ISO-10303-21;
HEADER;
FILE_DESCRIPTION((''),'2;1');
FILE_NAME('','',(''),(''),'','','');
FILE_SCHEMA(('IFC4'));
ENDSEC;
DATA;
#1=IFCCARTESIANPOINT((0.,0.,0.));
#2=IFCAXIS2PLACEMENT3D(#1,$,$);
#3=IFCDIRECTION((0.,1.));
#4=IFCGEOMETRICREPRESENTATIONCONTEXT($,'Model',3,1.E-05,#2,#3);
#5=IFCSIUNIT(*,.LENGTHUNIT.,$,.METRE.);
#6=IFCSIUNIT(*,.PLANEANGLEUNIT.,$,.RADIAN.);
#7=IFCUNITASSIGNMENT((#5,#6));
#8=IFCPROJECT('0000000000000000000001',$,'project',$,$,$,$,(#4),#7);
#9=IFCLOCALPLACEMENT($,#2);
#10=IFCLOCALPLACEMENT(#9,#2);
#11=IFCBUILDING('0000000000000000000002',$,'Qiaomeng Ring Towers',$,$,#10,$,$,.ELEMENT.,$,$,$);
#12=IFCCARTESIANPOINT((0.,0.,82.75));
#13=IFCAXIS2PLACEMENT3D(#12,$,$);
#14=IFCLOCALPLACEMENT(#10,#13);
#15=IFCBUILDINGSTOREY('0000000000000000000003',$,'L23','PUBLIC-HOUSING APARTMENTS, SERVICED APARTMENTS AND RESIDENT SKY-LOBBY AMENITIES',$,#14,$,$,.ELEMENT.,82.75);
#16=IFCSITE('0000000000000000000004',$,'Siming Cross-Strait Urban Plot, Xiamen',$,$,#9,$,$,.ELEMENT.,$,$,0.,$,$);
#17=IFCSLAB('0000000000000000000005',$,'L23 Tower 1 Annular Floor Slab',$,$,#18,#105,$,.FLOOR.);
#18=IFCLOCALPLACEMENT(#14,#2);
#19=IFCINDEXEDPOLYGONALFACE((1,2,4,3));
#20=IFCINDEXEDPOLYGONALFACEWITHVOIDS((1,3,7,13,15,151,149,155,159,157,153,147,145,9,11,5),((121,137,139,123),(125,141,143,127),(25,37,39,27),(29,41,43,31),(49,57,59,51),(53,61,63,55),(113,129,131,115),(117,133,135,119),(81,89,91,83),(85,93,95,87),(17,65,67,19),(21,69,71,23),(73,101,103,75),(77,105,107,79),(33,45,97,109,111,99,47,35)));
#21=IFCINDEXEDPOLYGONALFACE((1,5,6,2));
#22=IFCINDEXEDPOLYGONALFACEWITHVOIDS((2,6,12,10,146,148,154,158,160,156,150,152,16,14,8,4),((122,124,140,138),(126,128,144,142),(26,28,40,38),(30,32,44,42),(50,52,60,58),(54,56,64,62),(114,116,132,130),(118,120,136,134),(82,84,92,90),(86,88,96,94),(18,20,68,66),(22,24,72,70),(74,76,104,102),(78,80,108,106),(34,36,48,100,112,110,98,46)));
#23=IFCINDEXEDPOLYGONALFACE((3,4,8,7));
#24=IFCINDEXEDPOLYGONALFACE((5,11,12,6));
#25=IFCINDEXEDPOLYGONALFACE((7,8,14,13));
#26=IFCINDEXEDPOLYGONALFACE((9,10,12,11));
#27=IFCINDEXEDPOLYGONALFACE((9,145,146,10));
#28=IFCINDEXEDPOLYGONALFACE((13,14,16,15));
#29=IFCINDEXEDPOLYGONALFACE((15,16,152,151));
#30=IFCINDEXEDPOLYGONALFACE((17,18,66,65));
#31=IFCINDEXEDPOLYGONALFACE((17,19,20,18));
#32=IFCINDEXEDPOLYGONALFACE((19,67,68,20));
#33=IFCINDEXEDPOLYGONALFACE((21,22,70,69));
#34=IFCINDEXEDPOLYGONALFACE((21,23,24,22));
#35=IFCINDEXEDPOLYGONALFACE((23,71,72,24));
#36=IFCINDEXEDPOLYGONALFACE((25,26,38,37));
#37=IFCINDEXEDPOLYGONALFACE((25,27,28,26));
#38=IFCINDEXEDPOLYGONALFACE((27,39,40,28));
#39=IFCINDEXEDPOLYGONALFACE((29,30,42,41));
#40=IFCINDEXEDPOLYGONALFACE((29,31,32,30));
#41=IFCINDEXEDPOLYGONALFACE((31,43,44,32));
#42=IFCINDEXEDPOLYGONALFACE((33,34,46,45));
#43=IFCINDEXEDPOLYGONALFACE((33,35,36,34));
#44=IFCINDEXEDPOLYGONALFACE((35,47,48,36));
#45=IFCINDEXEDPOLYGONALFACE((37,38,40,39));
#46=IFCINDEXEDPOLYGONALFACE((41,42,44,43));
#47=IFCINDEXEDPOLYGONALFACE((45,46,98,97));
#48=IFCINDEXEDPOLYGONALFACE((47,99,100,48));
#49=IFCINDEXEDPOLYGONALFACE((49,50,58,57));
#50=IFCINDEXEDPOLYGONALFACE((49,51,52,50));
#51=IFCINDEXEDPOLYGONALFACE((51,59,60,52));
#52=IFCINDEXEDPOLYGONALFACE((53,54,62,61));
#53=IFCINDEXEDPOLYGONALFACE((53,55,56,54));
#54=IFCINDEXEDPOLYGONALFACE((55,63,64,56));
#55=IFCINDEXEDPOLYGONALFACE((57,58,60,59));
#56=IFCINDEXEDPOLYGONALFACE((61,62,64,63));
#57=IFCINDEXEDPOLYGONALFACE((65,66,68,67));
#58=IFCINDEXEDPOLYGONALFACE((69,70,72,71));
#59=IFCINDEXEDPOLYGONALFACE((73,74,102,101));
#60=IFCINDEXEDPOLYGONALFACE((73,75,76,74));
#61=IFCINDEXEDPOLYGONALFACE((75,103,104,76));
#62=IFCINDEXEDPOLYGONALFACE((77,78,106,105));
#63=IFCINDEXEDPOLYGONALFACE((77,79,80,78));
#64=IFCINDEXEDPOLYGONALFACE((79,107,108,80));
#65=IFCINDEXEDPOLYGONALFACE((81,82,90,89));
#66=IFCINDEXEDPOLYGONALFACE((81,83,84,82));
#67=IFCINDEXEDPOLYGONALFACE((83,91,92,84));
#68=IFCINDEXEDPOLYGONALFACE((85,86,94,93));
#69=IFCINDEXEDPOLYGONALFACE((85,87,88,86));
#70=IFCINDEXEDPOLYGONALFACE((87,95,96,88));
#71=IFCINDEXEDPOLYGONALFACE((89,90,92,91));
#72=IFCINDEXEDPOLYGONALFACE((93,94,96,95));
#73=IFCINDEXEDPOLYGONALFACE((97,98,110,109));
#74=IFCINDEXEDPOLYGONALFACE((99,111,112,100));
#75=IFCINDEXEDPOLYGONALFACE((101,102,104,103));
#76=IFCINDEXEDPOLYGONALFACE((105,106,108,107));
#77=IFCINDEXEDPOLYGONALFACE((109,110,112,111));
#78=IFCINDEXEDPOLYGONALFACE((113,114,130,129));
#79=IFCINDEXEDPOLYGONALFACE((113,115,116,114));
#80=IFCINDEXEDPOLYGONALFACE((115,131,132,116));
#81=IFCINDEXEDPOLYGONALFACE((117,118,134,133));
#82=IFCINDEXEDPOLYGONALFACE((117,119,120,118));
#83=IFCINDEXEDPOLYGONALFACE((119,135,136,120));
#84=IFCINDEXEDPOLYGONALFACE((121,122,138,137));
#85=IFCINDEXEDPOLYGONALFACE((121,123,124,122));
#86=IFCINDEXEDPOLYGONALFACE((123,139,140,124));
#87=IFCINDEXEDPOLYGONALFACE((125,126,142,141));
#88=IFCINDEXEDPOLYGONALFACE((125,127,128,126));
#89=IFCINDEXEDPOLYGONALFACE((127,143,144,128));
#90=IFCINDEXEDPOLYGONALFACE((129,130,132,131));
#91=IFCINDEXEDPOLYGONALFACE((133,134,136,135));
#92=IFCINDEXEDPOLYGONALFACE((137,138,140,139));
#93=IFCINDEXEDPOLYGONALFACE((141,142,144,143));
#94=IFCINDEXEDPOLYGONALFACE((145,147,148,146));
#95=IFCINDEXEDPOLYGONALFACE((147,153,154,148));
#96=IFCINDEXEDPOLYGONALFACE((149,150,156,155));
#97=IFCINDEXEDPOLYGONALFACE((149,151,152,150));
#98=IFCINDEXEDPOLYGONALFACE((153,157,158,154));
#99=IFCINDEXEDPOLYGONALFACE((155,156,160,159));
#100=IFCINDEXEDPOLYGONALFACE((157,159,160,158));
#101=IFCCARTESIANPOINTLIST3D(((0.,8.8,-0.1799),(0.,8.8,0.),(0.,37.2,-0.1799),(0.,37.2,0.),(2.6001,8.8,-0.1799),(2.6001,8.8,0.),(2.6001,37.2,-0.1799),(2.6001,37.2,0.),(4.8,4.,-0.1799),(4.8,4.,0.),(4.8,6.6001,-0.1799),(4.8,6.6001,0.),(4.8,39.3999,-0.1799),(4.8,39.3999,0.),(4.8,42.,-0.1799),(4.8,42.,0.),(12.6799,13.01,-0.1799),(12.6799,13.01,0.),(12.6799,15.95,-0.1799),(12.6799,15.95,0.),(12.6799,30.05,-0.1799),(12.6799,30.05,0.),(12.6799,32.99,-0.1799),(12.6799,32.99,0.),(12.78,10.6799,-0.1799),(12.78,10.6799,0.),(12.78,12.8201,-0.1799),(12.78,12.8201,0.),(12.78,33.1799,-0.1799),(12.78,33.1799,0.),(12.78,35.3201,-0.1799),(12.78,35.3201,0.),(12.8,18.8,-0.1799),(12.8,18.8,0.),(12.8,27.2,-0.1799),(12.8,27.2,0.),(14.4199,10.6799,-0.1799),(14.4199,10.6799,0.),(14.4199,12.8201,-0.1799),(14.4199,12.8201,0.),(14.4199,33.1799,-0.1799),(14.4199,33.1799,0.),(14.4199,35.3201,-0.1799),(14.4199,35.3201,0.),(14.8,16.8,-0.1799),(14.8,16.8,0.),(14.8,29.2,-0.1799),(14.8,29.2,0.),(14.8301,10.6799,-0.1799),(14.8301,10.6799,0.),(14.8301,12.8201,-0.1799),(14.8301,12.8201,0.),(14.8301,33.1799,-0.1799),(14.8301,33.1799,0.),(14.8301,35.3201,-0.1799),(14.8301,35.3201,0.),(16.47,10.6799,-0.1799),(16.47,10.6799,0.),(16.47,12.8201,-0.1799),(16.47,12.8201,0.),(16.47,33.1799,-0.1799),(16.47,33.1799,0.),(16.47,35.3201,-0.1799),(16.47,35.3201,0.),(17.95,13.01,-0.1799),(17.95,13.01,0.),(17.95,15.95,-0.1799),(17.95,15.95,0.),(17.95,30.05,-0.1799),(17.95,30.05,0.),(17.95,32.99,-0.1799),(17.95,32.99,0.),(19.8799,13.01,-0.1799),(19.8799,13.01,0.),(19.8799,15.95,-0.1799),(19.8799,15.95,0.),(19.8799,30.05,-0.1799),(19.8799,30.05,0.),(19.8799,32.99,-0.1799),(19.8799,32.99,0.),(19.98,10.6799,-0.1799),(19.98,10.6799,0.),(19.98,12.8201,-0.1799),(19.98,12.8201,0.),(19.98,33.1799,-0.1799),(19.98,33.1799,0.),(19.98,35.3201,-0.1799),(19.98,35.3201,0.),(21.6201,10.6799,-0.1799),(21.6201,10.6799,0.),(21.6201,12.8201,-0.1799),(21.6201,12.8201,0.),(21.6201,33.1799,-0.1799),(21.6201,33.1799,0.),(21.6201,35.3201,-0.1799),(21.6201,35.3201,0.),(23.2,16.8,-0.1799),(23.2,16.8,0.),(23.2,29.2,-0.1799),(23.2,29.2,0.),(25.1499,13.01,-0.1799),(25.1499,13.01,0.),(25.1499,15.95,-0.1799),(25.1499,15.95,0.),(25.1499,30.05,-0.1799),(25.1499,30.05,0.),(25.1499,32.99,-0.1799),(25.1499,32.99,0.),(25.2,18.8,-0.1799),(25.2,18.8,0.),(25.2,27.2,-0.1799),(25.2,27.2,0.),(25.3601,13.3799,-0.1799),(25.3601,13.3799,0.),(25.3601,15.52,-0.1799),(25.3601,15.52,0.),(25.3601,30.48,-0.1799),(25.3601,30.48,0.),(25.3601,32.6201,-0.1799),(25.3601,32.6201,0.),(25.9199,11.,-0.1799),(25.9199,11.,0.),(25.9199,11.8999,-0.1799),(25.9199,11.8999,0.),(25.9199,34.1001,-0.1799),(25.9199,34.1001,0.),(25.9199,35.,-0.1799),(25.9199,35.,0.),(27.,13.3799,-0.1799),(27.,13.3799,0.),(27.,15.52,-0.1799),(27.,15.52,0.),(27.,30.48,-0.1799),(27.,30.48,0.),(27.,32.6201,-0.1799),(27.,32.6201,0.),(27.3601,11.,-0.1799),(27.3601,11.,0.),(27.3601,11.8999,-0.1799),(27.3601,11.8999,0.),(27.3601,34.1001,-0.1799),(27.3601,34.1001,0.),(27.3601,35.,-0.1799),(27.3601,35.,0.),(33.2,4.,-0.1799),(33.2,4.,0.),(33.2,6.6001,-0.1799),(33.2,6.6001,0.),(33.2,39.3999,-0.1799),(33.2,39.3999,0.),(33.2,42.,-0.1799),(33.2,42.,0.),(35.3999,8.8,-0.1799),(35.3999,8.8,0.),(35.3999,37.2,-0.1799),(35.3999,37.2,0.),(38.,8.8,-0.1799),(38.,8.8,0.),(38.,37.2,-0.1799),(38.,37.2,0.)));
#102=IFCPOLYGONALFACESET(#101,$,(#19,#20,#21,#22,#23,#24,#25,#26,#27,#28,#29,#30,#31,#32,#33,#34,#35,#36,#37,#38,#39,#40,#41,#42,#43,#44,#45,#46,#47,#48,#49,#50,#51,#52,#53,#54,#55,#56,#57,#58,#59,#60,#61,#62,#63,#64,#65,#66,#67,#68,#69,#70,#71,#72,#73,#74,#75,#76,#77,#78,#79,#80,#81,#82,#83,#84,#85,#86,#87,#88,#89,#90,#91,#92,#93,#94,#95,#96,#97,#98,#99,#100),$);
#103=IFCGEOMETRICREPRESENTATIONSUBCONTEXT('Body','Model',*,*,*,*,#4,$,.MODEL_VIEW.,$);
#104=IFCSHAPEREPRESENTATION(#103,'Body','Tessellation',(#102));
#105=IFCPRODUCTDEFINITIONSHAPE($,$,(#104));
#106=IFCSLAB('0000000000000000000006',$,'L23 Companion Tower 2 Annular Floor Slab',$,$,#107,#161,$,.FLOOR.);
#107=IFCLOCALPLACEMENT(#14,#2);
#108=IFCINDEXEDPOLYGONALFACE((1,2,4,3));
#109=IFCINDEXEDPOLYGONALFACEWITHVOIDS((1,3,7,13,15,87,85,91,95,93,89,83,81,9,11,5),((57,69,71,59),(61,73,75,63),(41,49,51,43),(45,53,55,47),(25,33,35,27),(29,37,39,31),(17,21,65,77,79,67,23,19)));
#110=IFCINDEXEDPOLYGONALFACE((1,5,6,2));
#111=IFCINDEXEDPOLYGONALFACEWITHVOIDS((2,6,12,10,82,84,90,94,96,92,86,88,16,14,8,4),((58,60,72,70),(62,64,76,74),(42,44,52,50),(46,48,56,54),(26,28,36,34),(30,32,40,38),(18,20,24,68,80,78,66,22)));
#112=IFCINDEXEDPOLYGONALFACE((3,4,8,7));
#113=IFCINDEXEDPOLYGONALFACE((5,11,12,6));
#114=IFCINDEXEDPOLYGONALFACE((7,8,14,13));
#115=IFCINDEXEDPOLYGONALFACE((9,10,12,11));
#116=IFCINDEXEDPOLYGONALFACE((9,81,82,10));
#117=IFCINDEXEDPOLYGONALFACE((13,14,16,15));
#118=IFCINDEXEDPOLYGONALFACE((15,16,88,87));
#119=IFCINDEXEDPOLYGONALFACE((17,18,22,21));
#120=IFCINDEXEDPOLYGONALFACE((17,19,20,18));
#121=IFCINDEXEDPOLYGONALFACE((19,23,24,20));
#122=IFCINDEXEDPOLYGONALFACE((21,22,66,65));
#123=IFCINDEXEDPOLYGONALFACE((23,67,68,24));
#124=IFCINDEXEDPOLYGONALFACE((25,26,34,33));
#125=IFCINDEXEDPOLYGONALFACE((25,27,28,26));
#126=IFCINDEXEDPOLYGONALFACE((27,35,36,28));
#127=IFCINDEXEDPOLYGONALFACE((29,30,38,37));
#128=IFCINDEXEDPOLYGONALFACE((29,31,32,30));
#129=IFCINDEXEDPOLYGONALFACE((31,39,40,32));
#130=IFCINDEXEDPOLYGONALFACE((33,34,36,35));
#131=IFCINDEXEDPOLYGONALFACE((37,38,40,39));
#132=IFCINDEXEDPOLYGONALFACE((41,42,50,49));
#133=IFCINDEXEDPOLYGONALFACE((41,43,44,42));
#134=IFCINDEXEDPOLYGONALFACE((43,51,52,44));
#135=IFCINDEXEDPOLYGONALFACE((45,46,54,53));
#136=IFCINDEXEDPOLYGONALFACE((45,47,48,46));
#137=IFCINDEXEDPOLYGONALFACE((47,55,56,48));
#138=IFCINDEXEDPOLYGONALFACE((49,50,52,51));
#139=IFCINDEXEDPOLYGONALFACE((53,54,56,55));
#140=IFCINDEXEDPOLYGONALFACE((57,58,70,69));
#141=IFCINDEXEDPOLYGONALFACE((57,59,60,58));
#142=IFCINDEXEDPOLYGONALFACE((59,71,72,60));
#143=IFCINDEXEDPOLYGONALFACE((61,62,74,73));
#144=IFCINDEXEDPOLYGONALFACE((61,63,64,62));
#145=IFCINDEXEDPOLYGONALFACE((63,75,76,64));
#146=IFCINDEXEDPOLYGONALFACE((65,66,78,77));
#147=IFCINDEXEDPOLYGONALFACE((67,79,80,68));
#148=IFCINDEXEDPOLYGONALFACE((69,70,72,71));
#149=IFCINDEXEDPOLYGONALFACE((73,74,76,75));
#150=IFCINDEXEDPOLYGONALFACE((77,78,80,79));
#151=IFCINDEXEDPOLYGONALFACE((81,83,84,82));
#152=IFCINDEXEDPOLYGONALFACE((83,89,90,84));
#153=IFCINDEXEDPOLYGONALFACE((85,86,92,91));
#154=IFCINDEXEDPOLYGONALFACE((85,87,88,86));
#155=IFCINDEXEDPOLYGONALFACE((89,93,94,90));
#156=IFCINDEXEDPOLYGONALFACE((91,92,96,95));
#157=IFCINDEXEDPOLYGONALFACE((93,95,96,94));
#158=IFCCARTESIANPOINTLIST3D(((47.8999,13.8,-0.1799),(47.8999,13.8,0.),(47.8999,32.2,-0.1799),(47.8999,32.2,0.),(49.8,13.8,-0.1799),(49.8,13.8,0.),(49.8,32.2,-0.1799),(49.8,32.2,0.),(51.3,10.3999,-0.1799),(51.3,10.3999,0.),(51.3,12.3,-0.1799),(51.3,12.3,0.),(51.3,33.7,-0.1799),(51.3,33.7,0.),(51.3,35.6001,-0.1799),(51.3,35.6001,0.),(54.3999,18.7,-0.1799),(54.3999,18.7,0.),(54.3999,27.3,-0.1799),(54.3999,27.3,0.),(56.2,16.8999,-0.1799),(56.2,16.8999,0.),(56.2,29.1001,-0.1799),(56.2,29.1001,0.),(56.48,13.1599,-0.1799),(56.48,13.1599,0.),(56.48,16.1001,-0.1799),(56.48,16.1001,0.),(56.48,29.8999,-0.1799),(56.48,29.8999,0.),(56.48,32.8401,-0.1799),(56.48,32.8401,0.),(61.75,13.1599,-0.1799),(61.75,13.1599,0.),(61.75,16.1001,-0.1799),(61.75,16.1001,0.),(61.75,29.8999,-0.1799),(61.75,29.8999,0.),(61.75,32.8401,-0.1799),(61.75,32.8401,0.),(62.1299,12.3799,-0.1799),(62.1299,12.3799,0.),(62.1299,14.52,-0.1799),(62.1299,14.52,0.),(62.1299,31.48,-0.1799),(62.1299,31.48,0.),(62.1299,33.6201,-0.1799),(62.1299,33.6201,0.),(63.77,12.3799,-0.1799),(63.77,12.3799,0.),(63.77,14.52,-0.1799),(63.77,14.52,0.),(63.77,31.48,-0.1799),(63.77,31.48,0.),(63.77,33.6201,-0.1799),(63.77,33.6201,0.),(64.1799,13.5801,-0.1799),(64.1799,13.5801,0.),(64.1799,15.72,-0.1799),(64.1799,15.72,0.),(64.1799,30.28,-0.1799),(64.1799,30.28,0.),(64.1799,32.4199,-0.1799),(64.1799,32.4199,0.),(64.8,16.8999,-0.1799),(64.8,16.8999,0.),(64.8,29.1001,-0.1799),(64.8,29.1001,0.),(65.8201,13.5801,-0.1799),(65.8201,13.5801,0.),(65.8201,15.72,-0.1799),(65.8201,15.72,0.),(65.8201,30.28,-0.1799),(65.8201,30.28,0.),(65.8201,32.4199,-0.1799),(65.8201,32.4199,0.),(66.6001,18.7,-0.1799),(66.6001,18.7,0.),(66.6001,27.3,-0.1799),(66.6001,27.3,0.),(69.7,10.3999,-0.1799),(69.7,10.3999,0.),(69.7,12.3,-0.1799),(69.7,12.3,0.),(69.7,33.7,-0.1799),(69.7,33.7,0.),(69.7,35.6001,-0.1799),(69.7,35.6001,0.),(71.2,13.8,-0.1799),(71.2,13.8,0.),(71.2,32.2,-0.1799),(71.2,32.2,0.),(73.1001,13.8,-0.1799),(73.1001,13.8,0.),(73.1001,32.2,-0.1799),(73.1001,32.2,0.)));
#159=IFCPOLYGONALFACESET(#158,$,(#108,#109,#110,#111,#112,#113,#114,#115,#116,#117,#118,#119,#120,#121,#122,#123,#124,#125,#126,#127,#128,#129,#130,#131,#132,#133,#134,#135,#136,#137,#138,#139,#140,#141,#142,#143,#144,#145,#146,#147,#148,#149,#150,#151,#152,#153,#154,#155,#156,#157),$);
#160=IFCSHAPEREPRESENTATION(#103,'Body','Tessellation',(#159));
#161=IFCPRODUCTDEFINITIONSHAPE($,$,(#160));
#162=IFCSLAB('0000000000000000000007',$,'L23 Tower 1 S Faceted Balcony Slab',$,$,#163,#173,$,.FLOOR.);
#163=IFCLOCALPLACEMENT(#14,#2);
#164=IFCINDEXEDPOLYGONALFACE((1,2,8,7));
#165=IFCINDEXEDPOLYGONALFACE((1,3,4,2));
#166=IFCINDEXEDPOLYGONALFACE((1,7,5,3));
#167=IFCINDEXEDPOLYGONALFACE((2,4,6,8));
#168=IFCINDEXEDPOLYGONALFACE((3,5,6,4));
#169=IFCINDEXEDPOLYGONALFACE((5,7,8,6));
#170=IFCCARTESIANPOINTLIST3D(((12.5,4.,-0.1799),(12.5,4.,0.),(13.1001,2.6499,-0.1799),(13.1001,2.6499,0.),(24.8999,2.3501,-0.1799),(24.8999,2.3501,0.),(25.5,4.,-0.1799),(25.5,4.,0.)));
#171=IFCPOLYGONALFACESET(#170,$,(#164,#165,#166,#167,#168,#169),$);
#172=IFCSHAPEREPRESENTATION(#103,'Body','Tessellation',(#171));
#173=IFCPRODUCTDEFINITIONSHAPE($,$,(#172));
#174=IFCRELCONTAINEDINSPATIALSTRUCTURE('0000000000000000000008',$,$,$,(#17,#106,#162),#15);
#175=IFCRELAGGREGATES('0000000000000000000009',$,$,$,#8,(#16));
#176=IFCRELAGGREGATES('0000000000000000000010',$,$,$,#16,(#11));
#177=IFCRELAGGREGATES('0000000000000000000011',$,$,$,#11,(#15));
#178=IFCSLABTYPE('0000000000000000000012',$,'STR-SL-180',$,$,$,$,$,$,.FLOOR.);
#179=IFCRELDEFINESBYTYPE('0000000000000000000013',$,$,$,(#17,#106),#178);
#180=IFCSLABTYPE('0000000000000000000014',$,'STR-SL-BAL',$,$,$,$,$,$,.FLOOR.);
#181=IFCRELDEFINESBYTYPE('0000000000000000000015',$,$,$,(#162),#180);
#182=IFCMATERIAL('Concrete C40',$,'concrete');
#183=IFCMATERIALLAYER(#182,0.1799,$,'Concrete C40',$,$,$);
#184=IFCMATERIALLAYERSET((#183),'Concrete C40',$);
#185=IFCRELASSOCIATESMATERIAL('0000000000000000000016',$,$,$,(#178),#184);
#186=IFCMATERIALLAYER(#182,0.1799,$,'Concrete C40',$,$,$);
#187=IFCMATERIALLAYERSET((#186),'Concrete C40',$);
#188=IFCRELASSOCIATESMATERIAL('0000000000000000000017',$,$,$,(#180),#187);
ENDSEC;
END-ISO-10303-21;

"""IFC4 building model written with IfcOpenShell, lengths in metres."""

from ifc_helpers import new_model, si_unit, direction, frame, origin, place, context, subcontext, project, spatial, polyline, outline, extrude, material, layer, layer_set, type_object, element, save


model = new_model("IFC4")

# Units and contexts
model_context = context("Model", 3, precision=1e-05, world=origin(), true_north=direction((0.0, 1.0)))
body_context = subcontext(model_context, "Body", "Model", "MODEL_VIEW")
ifc_project = project(units=[si_unit("LENGTHUNIT", "METRE"), si_unit("PLANEANGLEUNIT", "RADIAN")], contexts=[model_context])

# Site, building, storey
site_placement = place(None, origin())
site = spatial("IfcSite", under=ifc_project, at=site_placement, Name="Siming Cross-Strait Urban Plot, Xiamen", CompositionType="ELEMENT", RefElevation=0.0)
building_placement = place(site_placement, origin())
building = spatial("IfcBuilding", under=site, at=building_placement, Name="Qiaomeng Ring Towers", CompositionType="ELEMENT")
storey_placement = place(building_placement, frame((0.0, 0.0, 82.75)))
storey = spatial("IfcBuildingStorey", under=building, at=storey_placement, Name="L23", Description="PUBLIC-HOUSING APARTMENTS, SERVICED APARTMENTS AND RESIDENT SKY-LOBBY AMENITIES", CompositionType="ELEMENT", Elevation=82.75)

# Slabs
ifc_material_1 = material(Name="Concrete C40", Category="concrete")
ifc_layer_1 = layer(ifc_material_1, 0.1799, Name="Concrete C40")
ifc_layer_set_1 = layer_set([ifc_layer_1], Name="Concrete C40")
slab_type_1 = type_object("IfcSlabType", Name="STR-SL-180", PredefinedType="FLOOR", material=ifc_layer_set_1)
slab_1_placement = place(storey_placement, frame((0.0, 0.0, -0.1799)))
element("IfcSlab", 1, at=slab_1_placement, inside=storey, type_object=slab_type_1, Name="L23 Tower 1 Annular Floor Slab", PredefinedType="FLOOR", context=body_context, shape_type="SweptSolid", body=[
    extrude(outline(polyline([(4.8, 4.0), (33.2, 4.0), (33.2, 6.6001), (35.3999, 8.8), (38.0, 8.8), (38.0, 37.2), (35.3999, 37.2), (33.2, 39.3999), (33.2, 42.0), (4.8, 42.0), (4.8, 39.3999), (2.6001, 37.2), (0.0, 37.2), (0.0, 8.8), (2.6001, 8.8), (4.8, 6.6001), (4.8, 4.0)]), holes=[polyline([(12.78, 10.6799), (12.78, 12.8201), (14.4199, 12.8201), (14.4199, 10.6799), (12.78, 10.6799)]), polyline([(14.8301, 12.8201), (16.47, 12.8201), (16.47, 10.6799), (14.8301, 10.6799), (14.8301, 12.8201)]), polyline([(12.6799, 15.95), (17.95, 15.95), (17.95, 13.01), (12.6799, 13.01), (12.6799, 15.95)]), polyline([(25.2, 27.2), (25.2, 18.8), (23.2, 16.8), (14.8, 16.8), (12.8, 18.8), (12.8, 27.2), (14.8, 29.2), (23.2, 29.2), (25.2, 27.2)]), polyline([(12.6799, 32.99), (17.95, 32.99), (17.95, 30.05), (12.6799, 30.05), (12.6799, 32.99)]), polyline([(12.78, 35.3201), (14.4199, 35.3201), (14.4199, 33.1799), (12.78, 33.1799), (12.78, 35.3201)]), polyline([(14.8301, 35.3201), (16.47, 35.3201), (16.47, 33.1799), (14.8301, 33.1799), (14.8301, 35.3201)]), polyline([(19.98, 35.3201), (21.6201, 35.3201), (21.6201, 33.1799), (19.98, 33.1799), (19.98, 35.3201)]), polyline([(25.9199, 11.8999), (27.3601, 11.8999), (27.3601, 11.0), (25.9199, 11.0), (25.9199, 11.8999)]), polyline([(19.98, 12.8201), (21.6201, 12.8201), (21.6201, 10.6799), (19.98, 10.6799), (19.98, 12.8201)]), polyline([(25.3601, 15.52), (27.0, 15.52), (27.0, 13.3799), (25.3601, 13.3799), (25.3601, 15.52)]), polyline([(19.8799, 15.95), (25.1499, 15.95), (25.1499, 13.01), (19.8799, 13.01), (19.8799, 15.95)]), polyline([(19.8799, 32.99), (25.1499, 32.99), (25.1499, 30.05), (19.8799, 30.05), (19.8799, 32.99)]), polyline([(25.3601, 32.6201), (27.0, 32.6201), (27.0, 30.48), (25.3601, 30.48), (25.3601, 32.6201)]), polyline([(25.9199, 35.0), (27.3601, 35.0), (27.3601, 34.1001), (25.9199, 34.1001), (25.9199, 35.0)])]), origin(), (0.0, 0.0, 1.0), 0.1799),
])
slab_2_placement = place(storey_placement, frame((0.0, 0.0, -0.1799)))
element("IfcSlab", 2, at=slab_2_placement, inside=storey, type_object=slab_type_1, Name="L23 Companion Tower 2 Annular Floor Slab", PredefinedType="FLOOR", context=body_context, shape_type="SweptSolid", body=[
    extrude(outline(polyline([(51.3, 10.3999), (69.7, 10.3999), (69.7, 12.3), (71.2, 13.8), (73.1001, 13.8), (73.1001, 32.2), (71.2, 32.2), (69.7, 33.7), (69.7, 35.6001), (51.3, 35.6001), (51.3, 33.7), (49.8, 32.2), (47.8999, 32.2), (47.8999, 13.8), (49.8, 13.8), (51.3, 12.3), (51.3, 10.3999)]), holes=[polyline([(62.1299, 12.3799), (62.1299, 14.52), (63.77, 14.52), (63.77, 12.3799), (62.1299, 12.3799)]), polyline([(56.48, 13.1599), (56.48, 16.1001), (61.75, 16.1001), (61.75, 13.1599), (56.48, 13.1599)]), polyline([(64.1799, 13.5801), (64.1799, 15.72), (65.8201, 15.72), (65.8201, 13.5801), (64.1799, 13.5801)]), polyline([(64.8, 29.1001), (66.6001, 27.3), (66.6001, 18.7), (64.8, 16.8999), (56.2, 16.8999), (54.3999, 18.7), (54.3999, 27.3), (56.2, 29.1001), (64.8, 29.1001)]), polyline([(64.1799, 30.28), (64.1799, 32.4199), (65.8201, 32.4199), (65.8201, 30.28), (64.1799, 30.28)]), polyline([(56.48, 32.8401), (61.75, 32.8401), (61.75, 29.8999), (56.48, 29.8999), (56.48, 32.8401)]), polyline([(62.1299, 33.6201), (63.77, 33.6201), (63.77, 31.48), (62.1299, 31.48), (62.1299, 33.6201)])]), origin(), (0.0, 0.0, 1.0), 0.1799),
])
ifc_layer_2 = layer(ifc_material_1, 0.1799, Name="Concrete C40")
ifc_layer_set_2 = layer_set([ifc_layer_2], Name="Concrete C40")
slab_type_2 = type_object("IfcSlabType", Name="STR-SL-BAL", PredefinedType="FLOOR", material=ifc_layer_set_2)
slab_3_placement = place(storey_placement, frame((0.0, 0.0, -0.1799)))
element("IfcSlab", 3, at=slab_3_placement, inside=storey, type_object=slab_type_2, Name="L23 Tower 1 S Faceted Balcony Slab", PredefinedType="FLOOR", context=body_context, shape_type="SweptSolid", body=[
    extrude(outline(polyline([(24.8999, 2.3501), (13.1001, 2.6499), (12.5, 4.0), (25.5, 4.0), (24.8999, 2.3501)])), origin(), (0.0, 0.0, 1.0), 0.1799),
])

save(model, "model.ifc")
